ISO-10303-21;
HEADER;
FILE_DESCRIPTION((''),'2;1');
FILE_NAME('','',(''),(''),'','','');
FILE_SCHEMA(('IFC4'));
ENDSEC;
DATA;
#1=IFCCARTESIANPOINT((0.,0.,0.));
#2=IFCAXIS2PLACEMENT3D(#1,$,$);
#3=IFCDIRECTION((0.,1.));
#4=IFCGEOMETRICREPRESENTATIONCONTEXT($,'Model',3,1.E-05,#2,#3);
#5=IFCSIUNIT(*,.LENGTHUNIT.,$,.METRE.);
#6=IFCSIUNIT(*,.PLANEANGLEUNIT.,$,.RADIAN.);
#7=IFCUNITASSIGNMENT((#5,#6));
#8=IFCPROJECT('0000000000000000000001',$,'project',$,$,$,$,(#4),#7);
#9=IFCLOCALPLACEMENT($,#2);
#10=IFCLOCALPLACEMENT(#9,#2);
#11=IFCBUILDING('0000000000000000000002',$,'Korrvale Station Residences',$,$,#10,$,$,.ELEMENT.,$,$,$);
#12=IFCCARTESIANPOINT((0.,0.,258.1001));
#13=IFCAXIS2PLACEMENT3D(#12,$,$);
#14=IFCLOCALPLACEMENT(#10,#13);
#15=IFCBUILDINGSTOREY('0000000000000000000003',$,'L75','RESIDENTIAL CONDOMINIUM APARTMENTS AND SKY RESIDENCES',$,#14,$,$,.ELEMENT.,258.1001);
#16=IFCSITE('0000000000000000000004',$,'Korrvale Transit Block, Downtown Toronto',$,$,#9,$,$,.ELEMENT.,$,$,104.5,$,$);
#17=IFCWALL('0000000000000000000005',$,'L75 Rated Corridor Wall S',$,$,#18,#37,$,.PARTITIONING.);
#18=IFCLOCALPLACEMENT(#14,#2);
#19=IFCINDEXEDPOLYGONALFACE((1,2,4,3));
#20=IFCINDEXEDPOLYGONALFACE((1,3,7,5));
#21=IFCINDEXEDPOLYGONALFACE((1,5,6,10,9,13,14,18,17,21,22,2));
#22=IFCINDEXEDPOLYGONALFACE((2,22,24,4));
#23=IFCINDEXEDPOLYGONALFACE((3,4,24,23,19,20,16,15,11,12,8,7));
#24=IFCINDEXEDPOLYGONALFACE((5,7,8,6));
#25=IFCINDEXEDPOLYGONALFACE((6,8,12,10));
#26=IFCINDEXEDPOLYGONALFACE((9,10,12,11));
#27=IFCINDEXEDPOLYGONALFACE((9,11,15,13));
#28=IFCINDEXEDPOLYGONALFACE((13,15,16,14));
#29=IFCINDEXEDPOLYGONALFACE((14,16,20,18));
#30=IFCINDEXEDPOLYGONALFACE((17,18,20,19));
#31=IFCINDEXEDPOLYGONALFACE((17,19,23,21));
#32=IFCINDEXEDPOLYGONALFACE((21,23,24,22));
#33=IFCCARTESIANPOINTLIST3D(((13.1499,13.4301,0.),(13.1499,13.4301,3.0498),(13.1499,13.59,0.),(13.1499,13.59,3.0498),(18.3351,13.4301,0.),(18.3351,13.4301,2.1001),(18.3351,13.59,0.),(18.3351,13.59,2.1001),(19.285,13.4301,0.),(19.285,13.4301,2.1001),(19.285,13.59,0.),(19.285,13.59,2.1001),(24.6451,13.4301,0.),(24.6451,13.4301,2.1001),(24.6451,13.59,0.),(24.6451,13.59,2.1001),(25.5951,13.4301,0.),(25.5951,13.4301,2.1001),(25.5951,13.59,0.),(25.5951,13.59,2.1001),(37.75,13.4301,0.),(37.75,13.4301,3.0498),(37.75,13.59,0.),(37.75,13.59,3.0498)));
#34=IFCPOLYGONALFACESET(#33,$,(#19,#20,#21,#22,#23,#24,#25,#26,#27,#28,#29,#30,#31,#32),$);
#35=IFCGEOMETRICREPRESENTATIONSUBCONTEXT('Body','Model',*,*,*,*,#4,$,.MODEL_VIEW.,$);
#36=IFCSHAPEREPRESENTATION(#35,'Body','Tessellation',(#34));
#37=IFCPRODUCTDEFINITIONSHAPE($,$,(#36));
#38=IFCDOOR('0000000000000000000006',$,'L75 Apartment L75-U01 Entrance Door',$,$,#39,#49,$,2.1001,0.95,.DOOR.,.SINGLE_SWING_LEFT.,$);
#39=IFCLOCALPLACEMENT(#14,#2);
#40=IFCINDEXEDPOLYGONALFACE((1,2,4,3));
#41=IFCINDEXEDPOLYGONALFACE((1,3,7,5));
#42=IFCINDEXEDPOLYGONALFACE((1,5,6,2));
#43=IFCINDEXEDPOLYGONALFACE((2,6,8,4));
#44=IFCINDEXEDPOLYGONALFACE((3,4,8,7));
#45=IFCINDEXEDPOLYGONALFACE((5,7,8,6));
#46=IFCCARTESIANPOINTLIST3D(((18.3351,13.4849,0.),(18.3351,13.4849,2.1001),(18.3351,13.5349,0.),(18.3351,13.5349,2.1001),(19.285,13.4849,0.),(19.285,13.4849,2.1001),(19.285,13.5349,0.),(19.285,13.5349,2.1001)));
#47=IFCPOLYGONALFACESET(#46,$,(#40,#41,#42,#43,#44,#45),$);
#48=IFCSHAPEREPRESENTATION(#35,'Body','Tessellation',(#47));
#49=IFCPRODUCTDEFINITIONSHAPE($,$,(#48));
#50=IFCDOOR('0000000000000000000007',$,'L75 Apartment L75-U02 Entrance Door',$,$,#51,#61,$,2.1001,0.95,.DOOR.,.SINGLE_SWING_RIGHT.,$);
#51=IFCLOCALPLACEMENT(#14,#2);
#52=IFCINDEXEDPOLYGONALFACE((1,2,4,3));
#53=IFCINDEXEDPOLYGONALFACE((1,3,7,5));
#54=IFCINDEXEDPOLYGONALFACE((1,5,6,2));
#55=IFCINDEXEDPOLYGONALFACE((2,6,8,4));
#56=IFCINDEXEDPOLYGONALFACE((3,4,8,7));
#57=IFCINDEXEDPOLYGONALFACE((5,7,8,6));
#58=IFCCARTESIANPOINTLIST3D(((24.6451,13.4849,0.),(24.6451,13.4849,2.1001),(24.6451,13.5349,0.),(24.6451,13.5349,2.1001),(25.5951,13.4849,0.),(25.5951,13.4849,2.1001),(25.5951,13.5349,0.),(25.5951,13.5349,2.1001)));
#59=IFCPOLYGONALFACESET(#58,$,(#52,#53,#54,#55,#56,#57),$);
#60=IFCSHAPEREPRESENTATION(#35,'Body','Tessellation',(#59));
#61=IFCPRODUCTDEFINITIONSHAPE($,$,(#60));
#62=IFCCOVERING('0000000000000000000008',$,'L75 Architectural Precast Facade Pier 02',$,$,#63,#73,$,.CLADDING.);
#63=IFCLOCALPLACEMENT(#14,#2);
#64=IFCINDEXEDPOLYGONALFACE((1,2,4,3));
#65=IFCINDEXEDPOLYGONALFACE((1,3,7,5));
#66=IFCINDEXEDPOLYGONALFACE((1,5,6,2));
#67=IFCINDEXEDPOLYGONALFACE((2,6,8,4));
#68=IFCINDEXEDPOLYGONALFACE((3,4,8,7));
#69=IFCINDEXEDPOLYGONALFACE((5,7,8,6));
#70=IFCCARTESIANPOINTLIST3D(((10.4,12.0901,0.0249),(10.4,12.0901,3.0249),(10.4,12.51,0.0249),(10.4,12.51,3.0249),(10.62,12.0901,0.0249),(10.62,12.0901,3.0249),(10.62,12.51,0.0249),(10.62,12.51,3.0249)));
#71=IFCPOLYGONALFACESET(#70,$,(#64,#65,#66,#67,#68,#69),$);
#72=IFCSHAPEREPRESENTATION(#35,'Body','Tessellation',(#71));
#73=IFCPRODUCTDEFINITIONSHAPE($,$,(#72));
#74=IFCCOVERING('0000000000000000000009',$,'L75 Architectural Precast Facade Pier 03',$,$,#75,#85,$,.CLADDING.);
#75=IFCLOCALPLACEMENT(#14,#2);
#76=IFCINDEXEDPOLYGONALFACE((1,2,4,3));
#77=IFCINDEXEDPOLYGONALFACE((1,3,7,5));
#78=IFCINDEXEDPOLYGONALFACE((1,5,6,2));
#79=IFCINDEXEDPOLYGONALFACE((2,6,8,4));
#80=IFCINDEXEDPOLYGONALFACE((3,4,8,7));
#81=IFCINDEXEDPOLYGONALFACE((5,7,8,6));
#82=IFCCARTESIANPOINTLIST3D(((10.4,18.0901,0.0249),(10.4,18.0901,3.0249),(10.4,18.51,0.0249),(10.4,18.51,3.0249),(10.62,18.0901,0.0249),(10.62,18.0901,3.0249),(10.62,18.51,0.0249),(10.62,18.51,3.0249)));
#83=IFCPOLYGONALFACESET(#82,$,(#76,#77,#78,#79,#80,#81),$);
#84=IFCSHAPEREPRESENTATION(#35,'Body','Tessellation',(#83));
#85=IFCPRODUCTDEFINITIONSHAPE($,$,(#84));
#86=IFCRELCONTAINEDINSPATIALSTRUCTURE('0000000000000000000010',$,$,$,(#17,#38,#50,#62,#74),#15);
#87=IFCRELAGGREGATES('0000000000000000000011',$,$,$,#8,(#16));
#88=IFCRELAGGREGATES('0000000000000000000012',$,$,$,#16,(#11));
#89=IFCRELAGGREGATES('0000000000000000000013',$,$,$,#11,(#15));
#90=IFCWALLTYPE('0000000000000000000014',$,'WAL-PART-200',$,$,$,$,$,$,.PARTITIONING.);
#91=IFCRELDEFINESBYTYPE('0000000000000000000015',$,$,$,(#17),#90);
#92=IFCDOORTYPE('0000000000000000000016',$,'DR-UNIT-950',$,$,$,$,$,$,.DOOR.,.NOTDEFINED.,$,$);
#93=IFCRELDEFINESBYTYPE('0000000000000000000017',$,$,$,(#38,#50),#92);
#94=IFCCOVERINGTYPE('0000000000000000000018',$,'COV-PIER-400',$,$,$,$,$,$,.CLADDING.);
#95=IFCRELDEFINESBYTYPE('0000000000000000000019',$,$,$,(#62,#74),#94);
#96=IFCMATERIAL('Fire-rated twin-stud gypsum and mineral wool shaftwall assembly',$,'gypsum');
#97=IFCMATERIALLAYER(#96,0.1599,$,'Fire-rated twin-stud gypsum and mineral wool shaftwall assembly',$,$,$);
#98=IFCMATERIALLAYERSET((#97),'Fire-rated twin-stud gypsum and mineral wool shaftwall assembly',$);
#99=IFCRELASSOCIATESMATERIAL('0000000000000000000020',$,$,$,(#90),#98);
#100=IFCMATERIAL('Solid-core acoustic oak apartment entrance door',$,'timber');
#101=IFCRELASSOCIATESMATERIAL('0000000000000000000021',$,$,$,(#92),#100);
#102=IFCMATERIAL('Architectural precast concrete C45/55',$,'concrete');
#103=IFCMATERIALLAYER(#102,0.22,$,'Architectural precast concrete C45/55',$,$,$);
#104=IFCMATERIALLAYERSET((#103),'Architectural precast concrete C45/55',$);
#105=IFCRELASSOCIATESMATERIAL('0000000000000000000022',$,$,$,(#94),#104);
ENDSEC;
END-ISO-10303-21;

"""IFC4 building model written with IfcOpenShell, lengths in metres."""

from ifc_helpers import new_model, si_unit, direction, frame, frame_2d, origin, origin_2d, place, context, subcontext, project, spatial, rectangle, extrude, material, layer, layer_set, type_object, element, fill, save


model = new_model("IFC4")

# Units and contexts
model_context = context("Model", 3, precision=1e-05, world=origin(), true_north=direction((0.0, 1.0)))
body_context = subcontext(model_context, "Body", "Model", "MODEL_VIEW")
ifc_project = project(units=[si_unit("LENGTHUNIT", "METRE"), si_unit("PLANEANGLEUNIT", "RADIAN")], contexts=[model_context])

# Site, building, storey
site_placement = place(None, origin())
site = spatial("IfcSite", under=ifc_project, at=site_placement, Name="Korrvale Transit Block, Downtown Toronto", CompositionType="ELEMENT", RefElevation=104.5)
building_placement = place(site_placement, origin())
building = spatial("IfcBuilding", under=site, at=building_placement, Name="Korrvale Station Residences", CompositionType="ELEMENT")
storey_placement = place(building_placement, frame((0.0, 0.0, 258.1001)))
storey = spatial("IfcBuildingStorey", under=building, at=storey_placement, Name="L75", Description="RESIDENTIAL CONDOMINIUM APARTMENTS AND SKY RESIDENCES", CompositionType="ELEMENT", Elevation=258.1001)

# Shared definitions
ifc_material_1 = material(Name="Fire-rated twin-stud gypsum and mineral wool shaftwall assembly", Category="gypsum")
ifc_layer_1 = layer(ifc_material_1, 0.1599, Name="Fire-rated twin-stud gypsum and mineral wool shaftwall assembly")
ifc_layer_set_1 = layer_set([ifc_layer_1], Name="Fire-rated twin-stud gypsum and mineral wool shaftwall assembly")
wall_type_1 = type_object("IfcWallType", Name="WAL-PART-200", PredefinedType="PARTITIONING", material=ifc_layer_set_1)

# Shared definitions
ifc_material_2 = material(Name="Solid-core acoustic oak apartment entrance door", Category="timber")
door_type_1 = type_object("IfcDoorType", Name="DR-UNIT-950", OperationType="NOTDEFINED", PredefinedType="DOOR", material=ifc_material_2)

# Wall, openings, doors
wall_1_placement = place(storey_placement, frame((13.1499, 13.51, 0.0), z_axis=(0.0, 0.0, 1.0), x_axis=(1.0, 0.0, 0.0)))
wall_1 = element("IfcWall", 1, at=wall_1_placement, inside=storey, type_object=wall_type_1, Name="L75 Rated Corridor Wall S", PredefinedType="PARTITIONING", context=body_context, shape_type="SweptSolid", body=[
    extrude(rectangle(XDim=24.6001, YDim=0.1599, at=frame_2d((12.3, 0.0))), origin(), (0.0, 0.0, 1.0), 3.0498),
])
opening_1_placement = place(wall_1_placement, frame((5.1851, 0.0, 0.0)))
opening_1 = element("IfcOpeningElement", 2, at=opening_1_placement, cuts=wall_1, PredefinedType="OPENING", context=body_context, shape_type="SweptSolid", body=[
    extrude(rectangle(XDim=0.95, YDim=2.1001, at=frame_2d((0.4751, 1.05))), frame((0.0, 0.0898, 0.0), z_axis=(0.0, -1.0, 0.0), x_axis=(1.0, 0.0, 0.0)), (0.0, 0.0, 1.0), 0.1799),
])
opening_2_placement = place(wall_1_placement, frame((11.4951, 0.0, 0.0)))
opening_2 = element("IfcOpeningElement", 3, at=opening_2_placement, cuts=wall_1, PredefinedType="OPENING", context=body_context, shape_type="SweptSolid", body=[
    extrude(rectangle(XDim=0.95, YDim=2.1001, at=frame_2d((0.4751, 1.05))), frame((0.0, 0.0898, 0.0), z_axis=(0.0, -1.0, 0.0), x_axis=(1.0, 0.0, 0.0)), (0.0, 0.0, 1.0), 0.1799),
])
door_1_placement = place(opening_1_placement, origin())
door_1 = element("IfcDoor", 4, at=door_1_placement, inside=storey, type_object=door_type_1, Name="L75 Apartment L75-U01 Entrance Door", OperationType="SINGLE_SWING_LEFT", OverallHeight=2.1001, OverallWidth=0.95, PredefinedType="DOOR", context=body_context, shape_type="SweptSolid", body=[
    extrude(rectangle(XDim=0.95, YDim=2.1001, at=frame_2d((0.4751, 1.05))), frame((0.0, 0.0249, 0.0), z_axis=(0.0, -1.0, 0.0), x_axis=(1.0, 0.0, 0.0)), (0.0, 0.0, 1.0), 0.05),
])
fill(opening_1, door_1)
door_2_placement = place(opening_2_placement, origin())
door_2 = element("IfcDoor", 5, at=door_2_placement, inside=storey, type_object=door_type_1, Name="L75 Apartment L75-U02 Entrance Door", OperationType="SINGLE_SWING_RIGHT", OverallHeight=2.1001, OverallWidth=0.95, PredefinedType="DOOR", context=body_context, shape_type="SweptSolid", body=[
    extrude(rectangle(XDim=0.95, YDim=2.1001, at=frame_2d((0.4751, 1.05))), frame((0.0, 0.0249, 0.0), z_axis=(0.0, -1.0, 0.0), x_axis=(1.0, 0.0, 0.0)), (0.0, 0.0, 1.0), 0.05),
])
fill(opening_2, door_2)

# Coverings
ifc_material_3 = material(Name="Architectural precast concrete C45/55", Category="concrete")
ifc_layer_2 = layer(ifc_material_3, 0.22, Name="Architectural precast concrete C45/55")
ifc_layer_set_2 = layer_set([ifc_layer_2], Name="Architectural precast concrete C45/55")
covering_type = type_object("IfcCoveringType", Name="COV-PIER-400", PredefinedType="CLADDING", material=ifc_layer_set_2)
for number, where, z_axis, x_axis, name in (
    (6, (10.51, 12.3, 0.0249), (0.0, 0.0, 1.0), (0.0, 1.0, 0.0), "L75 Architectural Precast Facade Pier 02"),
    (7, (10.51, 18.3, 0.0249), (0.0, 0.0, 1.0), (0.0, 1.0, 0.0), "L75 Architectural Precast Facade Pier 03"),
):
    element("IfcCovering", number, at=place(storey_placement, frame(where, z_axis=z_axis, x_axis=x_axis)), inside=storey, type_object=covering_type, Name=name, PredefinedType="CLADDING", context=body_context, shape_type="SweptSolid", body=[
        extrude(rectangle(XDim=0.4199, YDim=0.22, at=origin_2d()), origin(), (0.0, 0.0, 1.0), 3.0),
    ])

save(model, "model.ifc")
